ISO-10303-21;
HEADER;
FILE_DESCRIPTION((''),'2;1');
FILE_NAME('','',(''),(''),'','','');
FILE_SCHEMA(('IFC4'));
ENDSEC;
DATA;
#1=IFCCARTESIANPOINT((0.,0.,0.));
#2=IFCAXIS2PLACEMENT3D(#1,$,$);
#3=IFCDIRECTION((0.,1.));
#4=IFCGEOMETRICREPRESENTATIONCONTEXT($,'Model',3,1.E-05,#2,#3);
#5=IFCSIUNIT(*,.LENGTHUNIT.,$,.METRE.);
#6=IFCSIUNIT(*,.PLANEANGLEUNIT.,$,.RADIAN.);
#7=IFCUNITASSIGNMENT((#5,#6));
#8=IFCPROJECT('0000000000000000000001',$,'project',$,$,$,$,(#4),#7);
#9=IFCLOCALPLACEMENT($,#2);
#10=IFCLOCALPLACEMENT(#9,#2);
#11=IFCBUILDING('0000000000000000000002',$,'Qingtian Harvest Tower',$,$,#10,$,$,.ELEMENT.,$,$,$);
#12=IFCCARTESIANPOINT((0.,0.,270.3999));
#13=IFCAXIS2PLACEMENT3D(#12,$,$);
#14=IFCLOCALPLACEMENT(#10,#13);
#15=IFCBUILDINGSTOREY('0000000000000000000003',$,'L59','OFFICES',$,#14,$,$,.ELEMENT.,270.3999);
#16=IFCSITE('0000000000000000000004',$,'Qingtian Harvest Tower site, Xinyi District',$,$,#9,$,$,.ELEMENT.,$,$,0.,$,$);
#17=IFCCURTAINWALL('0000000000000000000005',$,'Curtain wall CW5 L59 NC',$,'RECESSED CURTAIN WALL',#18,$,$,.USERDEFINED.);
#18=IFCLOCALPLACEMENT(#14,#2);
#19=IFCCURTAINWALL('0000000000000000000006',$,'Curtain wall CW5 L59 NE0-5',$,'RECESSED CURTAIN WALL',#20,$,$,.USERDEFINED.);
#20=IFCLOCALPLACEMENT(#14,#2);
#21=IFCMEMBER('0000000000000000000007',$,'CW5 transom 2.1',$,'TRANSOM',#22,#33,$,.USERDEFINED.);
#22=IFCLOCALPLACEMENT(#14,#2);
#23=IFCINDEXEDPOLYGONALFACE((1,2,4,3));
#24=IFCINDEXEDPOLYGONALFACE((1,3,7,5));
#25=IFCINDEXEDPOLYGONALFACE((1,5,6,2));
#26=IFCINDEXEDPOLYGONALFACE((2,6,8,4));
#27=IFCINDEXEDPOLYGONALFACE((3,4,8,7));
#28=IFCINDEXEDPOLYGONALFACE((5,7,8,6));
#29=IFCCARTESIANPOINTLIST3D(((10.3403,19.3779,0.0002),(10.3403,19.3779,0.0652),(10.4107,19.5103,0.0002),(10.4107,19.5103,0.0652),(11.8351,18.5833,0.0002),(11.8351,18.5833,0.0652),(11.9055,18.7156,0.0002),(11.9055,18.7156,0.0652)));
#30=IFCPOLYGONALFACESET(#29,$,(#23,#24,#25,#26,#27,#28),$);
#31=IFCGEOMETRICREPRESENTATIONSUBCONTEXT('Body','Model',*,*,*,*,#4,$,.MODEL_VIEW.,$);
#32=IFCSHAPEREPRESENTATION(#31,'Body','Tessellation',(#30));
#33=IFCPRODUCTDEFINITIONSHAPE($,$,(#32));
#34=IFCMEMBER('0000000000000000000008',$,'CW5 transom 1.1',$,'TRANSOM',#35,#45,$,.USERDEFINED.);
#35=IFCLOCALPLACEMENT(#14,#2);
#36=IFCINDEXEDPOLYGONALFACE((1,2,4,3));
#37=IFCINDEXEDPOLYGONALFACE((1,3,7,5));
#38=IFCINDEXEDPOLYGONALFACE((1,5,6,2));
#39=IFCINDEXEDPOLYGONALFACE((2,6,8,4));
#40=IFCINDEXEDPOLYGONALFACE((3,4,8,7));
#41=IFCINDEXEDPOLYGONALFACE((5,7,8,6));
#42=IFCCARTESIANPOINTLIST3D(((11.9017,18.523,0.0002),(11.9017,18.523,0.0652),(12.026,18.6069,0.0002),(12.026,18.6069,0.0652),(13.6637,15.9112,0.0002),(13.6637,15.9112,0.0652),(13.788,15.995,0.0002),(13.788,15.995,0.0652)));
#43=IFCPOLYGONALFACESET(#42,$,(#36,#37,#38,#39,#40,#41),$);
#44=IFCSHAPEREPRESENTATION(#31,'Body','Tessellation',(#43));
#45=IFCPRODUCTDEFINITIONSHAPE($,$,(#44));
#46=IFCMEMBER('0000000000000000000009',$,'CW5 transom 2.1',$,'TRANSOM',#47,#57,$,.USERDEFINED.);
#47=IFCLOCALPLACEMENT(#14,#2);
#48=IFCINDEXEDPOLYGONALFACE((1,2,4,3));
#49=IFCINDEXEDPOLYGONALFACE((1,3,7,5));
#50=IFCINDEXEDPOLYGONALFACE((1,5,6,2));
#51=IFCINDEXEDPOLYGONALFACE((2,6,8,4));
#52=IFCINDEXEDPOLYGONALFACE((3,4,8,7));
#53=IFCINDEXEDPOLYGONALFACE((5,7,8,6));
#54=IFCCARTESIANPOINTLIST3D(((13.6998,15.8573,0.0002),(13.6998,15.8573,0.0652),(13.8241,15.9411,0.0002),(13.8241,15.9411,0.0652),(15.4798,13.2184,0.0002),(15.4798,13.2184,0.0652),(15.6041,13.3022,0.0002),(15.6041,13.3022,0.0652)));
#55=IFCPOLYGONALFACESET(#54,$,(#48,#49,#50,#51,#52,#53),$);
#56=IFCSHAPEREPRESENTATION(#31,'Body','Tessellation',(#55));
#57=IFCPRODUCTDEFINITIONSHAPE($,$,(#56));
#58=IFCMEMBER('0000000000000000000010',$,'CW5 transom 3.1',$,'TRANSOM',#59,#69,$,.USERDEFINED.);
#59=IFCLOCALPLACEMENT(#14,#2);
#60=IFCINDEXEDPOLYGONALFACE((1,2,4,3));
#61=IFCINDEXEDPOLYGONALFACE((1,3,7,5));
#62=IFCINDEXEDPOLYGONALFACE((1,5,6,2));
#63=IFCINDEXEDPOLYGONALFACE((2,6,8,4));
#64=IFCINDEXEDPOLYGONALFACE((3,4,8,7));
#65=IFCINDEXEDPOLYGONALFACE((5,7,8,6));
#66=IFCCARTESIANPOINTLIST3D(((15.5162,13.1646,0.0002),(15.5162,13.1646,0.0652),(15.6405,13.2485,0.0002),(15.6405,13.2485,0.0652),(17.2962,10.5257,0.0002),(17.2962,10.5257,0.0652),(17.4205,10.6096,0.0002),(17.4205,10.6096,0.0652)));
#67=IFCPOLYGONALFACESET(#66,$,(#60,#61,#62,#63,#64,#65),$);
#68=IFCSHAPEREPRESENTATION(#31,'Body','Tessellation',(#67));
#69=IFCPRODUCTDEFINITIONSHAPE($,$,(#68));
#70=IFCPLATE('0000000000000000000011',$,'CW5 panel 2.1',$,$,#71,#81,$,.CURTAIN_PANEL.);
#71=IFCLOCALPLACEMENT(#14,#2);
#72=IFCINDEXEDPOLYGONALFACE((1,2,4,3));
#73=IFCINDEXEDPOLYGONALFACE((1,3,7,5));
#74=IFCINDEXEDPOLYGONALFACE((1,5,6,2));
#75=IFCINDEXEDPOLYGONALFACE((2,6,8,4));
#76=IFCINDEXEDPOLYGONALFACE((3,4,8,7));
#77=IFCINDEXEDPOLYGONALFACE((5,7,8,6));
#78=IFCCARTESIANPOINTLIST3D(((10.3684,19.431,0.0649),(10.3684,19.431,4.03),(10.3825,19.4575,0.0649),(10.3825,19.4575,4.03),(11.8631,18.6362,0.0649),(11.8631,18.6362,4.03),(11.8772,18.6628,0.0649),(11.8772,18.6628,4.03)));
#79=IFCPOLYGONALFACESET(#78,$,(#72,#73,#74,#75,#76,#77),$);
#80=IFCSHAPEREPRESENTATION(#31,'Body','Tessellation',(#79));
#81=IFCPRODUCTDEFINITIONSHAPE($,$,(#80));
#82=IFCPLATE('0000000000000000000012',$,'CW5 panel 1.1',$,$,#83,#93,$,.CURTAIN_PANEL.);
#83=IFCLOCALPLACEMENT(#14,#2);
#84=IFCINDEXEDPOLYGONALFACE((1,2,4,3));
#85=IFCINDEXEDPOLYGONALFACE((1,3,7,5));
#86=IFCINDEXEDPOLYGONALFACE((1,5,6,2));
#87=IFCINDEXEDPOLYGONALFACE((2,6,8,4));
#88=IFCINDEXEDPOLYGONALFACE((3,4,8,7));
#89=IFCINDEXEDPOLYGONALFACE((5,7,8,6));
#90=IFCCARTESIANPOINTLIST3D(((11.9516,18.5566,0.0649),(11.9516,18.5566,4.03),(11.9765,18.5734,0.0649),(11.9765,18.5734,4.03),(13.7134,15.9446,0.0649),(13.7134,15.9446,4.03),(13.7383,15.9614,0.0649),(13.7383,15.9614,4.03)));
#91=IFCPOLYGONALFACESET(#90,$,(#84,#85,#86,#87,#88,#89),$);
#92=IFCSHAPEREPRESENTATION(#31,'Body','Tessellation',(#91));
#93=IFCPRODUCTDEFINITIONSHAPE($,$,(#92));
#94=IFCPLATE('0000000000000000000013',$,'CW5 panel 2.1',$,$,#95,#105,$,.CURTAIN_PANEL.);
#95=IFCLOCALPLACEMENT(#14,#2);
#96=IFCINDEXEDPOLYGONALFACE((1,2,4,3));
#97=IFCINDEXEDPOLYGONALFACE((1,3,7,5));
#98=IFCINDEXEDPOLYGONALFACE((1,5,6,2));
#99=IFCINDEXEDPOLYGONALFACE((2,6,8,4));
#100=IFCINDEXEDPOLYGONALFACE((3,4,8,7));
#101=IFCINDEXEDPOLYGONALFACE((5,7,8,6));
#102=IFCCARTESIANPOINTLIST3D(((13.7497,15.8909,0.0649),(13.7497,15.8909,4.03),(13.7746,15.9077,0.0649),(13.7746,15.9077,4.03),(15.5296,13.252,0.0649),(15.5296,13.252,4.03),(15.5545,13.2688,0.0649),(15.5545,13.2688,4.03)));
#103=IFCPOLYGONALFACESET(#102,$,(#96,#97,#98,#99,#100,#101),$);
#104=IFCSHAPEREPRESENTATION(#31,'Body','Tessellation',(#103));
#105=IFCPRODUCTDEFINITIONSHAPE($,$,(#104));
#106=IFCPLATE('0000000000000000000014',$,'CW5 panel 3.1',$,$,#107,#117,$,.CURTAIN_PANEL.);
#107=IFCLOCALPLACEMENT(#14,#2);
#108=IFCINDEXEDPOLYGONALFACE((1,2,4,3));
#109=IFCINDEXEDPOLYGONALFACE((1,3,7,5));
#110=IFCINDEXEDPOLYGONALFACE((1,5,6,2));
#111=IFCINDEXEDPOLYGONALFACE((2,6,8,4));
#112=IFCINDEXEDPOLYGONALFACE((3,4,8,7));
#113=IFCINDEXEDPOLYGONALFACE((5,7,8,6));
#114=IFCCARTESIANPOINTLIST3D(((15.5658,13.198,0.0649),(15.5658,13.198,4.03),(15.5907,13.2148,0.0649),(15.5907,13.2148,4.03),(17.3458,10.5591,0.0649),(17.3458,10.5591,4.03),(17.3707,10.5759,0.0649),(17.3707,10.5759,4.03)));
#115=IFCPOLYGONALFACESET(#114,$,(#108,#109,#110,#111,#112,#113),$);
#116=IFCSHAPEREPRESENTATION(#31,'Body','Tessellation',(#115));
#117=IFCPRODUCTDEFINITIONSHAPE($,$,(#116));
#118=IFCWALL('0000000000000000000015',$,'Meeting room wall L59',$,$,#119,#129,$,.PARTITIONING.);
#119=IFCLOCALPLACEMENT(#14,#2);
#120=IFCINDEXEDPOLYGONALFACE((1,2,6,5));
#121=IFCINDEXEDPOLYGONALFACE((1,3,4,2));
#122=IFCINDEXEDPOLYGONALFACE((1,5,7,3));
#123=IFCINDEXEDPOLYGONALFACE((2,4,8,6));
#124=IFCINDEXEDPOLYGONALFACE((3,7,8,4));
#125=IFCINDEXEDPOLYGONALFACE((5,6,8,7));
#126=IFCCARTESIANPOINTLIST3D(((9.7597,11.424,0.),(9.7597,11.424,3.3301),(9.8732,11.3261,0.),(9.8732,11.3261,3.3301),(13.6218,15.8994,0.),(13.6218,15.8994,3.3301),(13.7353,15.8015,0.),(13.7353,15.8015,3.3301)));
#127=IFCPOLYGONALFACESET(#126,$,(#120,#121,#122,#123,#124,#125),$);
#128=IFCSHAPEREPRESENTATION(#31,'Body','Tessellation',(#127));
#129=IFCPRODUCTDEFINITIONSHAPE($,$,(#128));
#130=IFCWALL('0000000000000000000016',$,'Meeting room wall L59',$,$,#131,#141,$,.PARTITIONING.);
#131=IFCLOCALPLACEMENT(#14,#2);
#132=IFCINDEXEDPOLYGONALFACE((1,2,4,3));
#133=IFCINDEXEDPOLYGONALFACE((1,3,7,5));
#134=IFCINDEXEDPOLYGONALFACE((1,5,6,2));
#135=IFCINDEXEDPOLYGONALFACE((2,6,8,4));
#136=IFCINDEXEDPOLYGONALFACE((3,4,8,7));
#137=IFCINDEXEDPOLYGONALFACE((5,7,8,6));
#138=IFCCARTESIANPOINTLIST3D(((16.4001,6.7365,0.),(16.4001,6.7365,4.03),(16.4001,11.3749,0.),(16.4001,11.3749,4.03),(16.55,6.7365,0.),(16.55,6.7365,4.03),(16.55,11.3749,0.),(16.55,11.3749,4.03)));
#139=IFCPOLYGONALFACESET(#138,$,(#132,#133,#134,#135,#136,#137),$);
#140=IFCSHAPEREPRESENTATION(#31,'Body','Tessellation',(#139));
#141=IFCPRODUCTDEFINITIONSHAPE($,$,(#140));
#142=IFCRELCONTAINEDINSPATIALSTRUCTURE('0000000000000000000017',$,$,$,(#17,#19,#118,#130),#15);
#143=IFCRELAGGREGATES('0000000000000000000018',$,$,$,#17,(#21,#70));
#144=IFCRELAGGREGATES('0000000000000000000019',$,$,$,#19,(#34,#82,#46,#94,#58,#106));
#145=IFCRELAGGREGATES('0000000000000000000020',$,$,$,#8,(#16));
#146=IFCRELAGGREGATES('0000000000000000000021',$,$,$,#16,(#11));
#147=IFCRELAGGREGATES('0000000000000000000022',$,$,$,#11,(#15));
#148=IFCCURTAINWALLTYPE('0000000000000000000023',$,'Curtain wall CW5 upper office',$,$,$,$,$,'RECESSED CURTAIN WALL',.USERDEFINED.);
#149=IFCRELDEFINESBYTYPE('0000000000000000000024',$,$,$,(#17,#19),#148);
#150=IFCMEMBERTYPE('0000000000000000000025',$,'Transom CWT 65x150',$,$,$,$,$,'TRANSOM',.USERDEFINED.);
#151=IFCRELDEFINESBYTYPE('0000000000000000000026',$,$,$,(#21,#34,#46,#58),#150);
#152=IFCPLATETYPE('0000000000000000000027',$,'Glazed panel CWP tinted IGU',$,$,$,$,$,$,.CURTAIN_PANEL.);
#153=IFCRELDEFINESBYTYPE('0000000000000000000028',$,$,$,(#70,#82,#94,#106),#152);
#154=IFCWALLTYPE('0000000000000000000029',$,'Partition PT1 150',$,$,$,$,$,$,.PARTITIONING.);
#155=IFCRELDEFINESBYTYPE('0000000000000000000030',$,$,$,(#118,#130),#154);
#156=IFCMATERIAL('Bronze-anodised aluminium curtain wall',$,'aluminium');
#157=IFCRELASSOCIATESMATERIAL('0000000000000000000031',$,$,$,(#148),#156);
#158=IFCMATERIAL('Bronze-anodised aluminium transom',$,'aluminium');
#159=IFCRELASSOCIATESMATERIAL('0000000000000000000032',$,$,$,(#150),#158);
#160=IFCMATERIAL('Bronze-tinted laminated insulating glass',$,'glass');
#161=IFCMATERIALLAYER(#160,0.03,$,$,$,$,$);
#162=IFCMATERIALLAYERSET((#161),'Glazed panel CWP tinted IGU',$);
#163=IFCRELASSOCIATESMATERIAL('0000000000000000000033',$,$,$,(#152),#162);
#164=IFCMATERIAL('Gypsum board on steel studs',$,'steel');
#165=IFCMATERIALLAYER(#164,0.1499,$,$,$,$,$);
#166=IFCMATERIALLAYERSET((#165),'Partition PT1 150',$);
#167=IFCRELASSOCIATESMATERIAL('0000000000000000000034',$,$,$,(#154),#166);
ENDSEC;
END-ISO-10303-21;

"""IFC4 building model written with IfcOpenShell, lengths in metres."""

from ifc_helpers import new_model, si_unit, direction, frame, frame_2d, origin, origin_2d, place, context, subcontext, project, spatial, rectangle, extrude, material, layer, layer_set, material_profile, profile_set, type_object, element, aggregate, save


model = new_model("IFC4")

# Units and contexts
model_context = context("Model", 3, precision=1e-05, world=origin(), true_north=direction((0.0, 1.0)))
body_context = subcontext(model_context, "Body", "Model", "MODEL_VIEW")
ifc_project = project(units=[si_unit("LENGTHUNIT", "METRE"), si_unit("PLANEANGLEUNIT", "RADIAN")], contexts=[model_context])

# Site, building, storey
site_placement = place(None, origin())
site = spatial("IfcSite", under=ifc_project, at=site_placement, Name="Qingtian Harvest Tower site, Xinyi District", CompositionType="ELEMENT", RefElevation=0.0)
building_placement = place(site_placement, origin())
building = spatial("IfcBuilding", under=site, at=building_placement, Name="Qingtian Harvest Tower", CompositionType="ELEMENT")
storey_placement = place(building_placement, frame((0.0, 0.0, 270.3999)))
storey = spatial("IfcBuildingStorey", under=building, at=storey_placement, Name="L59", Description="OFFICES", CompositionType="ELEMENT", Elevation=270.3999)

# Curtain walls
ifc_material_1 = material(Name="Bronze-anodised aluminium curtain wall", Category="aluminium")
curtain_wall_type = type_object("IfcCurtainWallType", Name="Curtain wall CW5 upper office", ElementType="RECESSED CURTAIN WALL", PredefinedType="USERDEFINED", material=ifc_material_1)
curtain_wall_1_placement = place(storey_placement, origin())
curtain_wall_1 = element("IfcCurtainWall", 1, at=curtain_wall_1_placement, inside=storey, type_object=curtain_wall_type, Name="Curtain wall CW5 L59 NC", ObjectType="RECESSED CURTAIN WALL", PredefinedType="USERDEFINED")
curtain_wall_2_placement = place(storey_placement, origin())
curtain_wall_2 = element("IfcCurtainWall", 2, at=curtain_wall_2_placement, inside=storey, type_object=curtain_wall_type, Name="Curtain wall CW5 L59 NE0-5", ObjectType="RECESSED CURTAIN WALL", PredefinedType="USERDEFINED")

# Members
ifc_material_2 = material(Name="Bronze-anodised aluminium transom", Category="aluminium")
ifc_material_profile_1 = material_profile(ifc_material_2, rectangle(XDim=0.1499, YDim=0.0649, at=origin_2d()), Name="AL 65x150")
ifc_profile_set_1 = profile_set([ifc_material_profile_1], Name="Bronze-anodised aluminium transom")
member_type_1 = type_object("IfcMemberType", Name="Transom CWT 65x150", ElementType="TRANSOM", PredefinedType="USERDEFINED", material=ifc_profile_set_1)
member_1_placement = place(storey_placement, frame((10.3755, 19.4441, 0.0327), z_axis=(0.882987, -0.469398, 0.0), x_axis=(0.469398, 0.882987, 0.0)))
member_1 = element("IfcMember", 3, at=member_1_placement, type_object=member_type_1, Name="CW5 transom 2.1", ObjectType="TRANSOM", PredefinedType="USERDEFINED", context=body_context, shape_type="SweptSolid", body=[
    extrude(rectangle(XDim=0.1499, YDim=0.0649, at=origin_2d()), origin(), (0.0, 0.0, 1.0), 1.6929),
])
member_2_placement = place(storey_placement, frame((11.9639, 18.5649, 0.0327), z_axis=(0.559252, -0.828998, 0.0), x_axis=(0.828998, 0.559252, 0.0)))
member_2 = element("IfcMember", 4, at=member_2_placement, type_object=member_type_1, Name="CW5 transom 1.1", ObjectType="TRANSOM", PredefinedType="USERDEFINED", context=body_context, shape_type="SweptSolid", body=[
    extrude(rectangle(XDim=0.1499, YDim=0.0649, at=origin_2d()), origin(), (0.0, 0.0, 1.0), 3.1506),
])
member_3_placement = place(storey_placement, frame((13.762, 15.8992, 0.0327), z_axis=(0.559205, -0.829029, 0.0), x_axis=(0.829029, 0.559205, 0.0)))
member_3 = element("IfcMember", 5, at=member_3_placement, type_object=member_type_1, Name="CW5 transom 2.1", ObjectType="TRANSOM", PredefinedType="USERDEFINED", context=body_context, shape_type="SweptSolid", body=[
    extrude(rectangle(XDim=0.1499, YDim=0.0649, at=origin_2d()), origin(), (0.0, 0.0, 1.0), 3.1831),
])
member_4_placement = place(storey_placement, frame((15.5784, 13.2065, 0.0327), z_axis=(0.559205, -0.829029, 0.0), x_axis=(0.829029, 0.559205, 0.0)))
member_4 = element("IfcMember", 6, at=member_4_placement, type_object=member_type_1, Name="CW5 transom 3.1", ObjectType="TRANSOM", PredefinedType="USERDEFINED", context=body_context, shape_type="SweptSolid", body=[
    extrude(rectangle(XDim=0.1499, YDim=0.0649, at=origin_2d()), origin(), (0.0, 0.0, 1.0), 3.1831),
])

# Plates
ifc_material_3 = material(Name="Bronze-tinted laminated insulating glass", Category="glass")
ifc_layer_1 = layer(ifc_material_3, 0.03)
ifc_layer_set_1 = layer_set([ifc_layer_1], Name="Glazed panel CWP tinted IGU")
plate_type = type_object("IfcPlateType", Name="Glazed panel CWP tinted IGU", PredefinedType="CURTAIN_PANEL", material=ifc_layer_set_1)
plate_1_placement = place(storey_placement, frame((11.1228, 19.0469, 0.0649), z_axis=(0.0, 0.0, 1.0), x_axis=(0.882948, -0.469472, 0.0)))
plate_1 = element("IfcPlate", 7, at=plate_1_placement, type_object=plate_type, Name="CW5 panel 2.1", PredefinedType="CURTAIN_PANEL", context=body_context, shape_type="SweptSolid", body=[
    extrude(rectangle(XDim=1.6929, YDim=0.03, at=origin_2d()), origin(), (0.0, 0.0, 1.0), 3.9651),
])
aggregate(curtain_wall_1, [member_1, plate_1])
plate_2_placement = place(storey_placement, frame((12.845, 17.259, 0.0649), z_axis=(0.0, 0.0, 1.0), x_axis=(0.559193, -0.829038, 0.0)))
plate_2 = element("IfcPlate", 8, at=plate_2_placement, type_object=plate_type, Name="CW5 panel 1.1", PredefinedType="CURTAIN_PANEL", context=body_context, shape_type="SweptSolid", body=[
    extrude(rectangle(XDim=3.1506, YDim=0.03, at=origin_2d()), origin(), (0.0, 0.0, 1.0), 3.9651),
])
plate_3_placement = place(storey_placement, frame((14.6521, 14.5798, 0.0649), z_axis=(0.0, 0.0, 1.0), x_axis=(0.559193, -0.829038, 0.0)))
plate_3 = element("IfcPlate", 9, at=plate_3_placement, type_object=plate_type, Name="CW5 panel 2.1", PredefinedType="CURTAIN_PANEL", context=body_context, shape_type="SweptSolid", body=[
    extrude(rectangle(XDim=3.1831, YDim=0.03, at=origin_2d()), origin(), (0.0, 0.0, 1.0), 3.9651),
])
plate_4_placement = place(storey_placement, frame((16.4683, 11.887, 0.0649), z_axis=(0.0, 0.0, 1.0), x_axis=(0.559193, -0.829038, 0.0)))
plate_4 = element("IfcPlate", 10, at=plate_4_placement, type_object=plate_type, Name="CW5 panel 3.1", PredefinedType="CURTAIN_PANEL", context=body_context, shape_type="SweptSolid", body=[
    extrude(rectangle(XDim=3.1831, YDim=0.03, at=origin_2d()), origin(), (0.0, 0.0, 1.0), 3.9651),
])
aggregate(curtain_wall_2, [member_2, plate_2, member_3, plate_3, member_4, plate_4])

# Walls
ifc_material_4 = material(Name="Gypsum board on steel studs", Category="steel")
ifc_layer_2 = layer(ifc_material_4, 0.1499)
ifc_layer_set_2 = layer_set([ifc_layer_2], Name="Partition PT1 150")
wall_type = type_object("IfcWallType", Name="Partition PT1 150", PredefinedType="PARTITIONING", material=ifc_layer_set_2)
wall_1_placement = place(storey_placement, frame((13.6785, 15.8503, 0.0), z_axis=(0.0, 0.0, 1.0), x_axis=(-0.653328, -0.757075, 0.0)))
element("IfcWall", 11, at=wall_1_placement, inside=storey, type_object=wall_type, Name="Meeting room wall L59", PredefinedType="PARTITIONING", context=body_context, shape_type="SweptSolid", body=[
    extrude(rectangle(XDim=5.9114, YDim=0.1499, at=frame_2d((2.9556, 0.0))), origin(), (0.0, 0.0, 1.0), 3.3301),
])
wall_2_placement = place(storey_placement, frame((16.4751, 11.375, 0.0), z_axis=(0.0, 0.0, 1.0), x_axis=(0.0, -1.0, 0.0)))
element("IfcWall", 12, at=wall_2_placement, inside=storey, type_object=wall_type, Name="Meeting room wall L59", PredefinedType="PARTITIONING", context=body_context, shape_type="SweptSolid", body=[
    extrude(rectangle(XDim=4.6384, YDim=0.1499, at=frame_2d((2.3193, 0.0))), origin(), (0.0, 0.0, 1.0), 4.03),
])

save(model, "model.ifc")
